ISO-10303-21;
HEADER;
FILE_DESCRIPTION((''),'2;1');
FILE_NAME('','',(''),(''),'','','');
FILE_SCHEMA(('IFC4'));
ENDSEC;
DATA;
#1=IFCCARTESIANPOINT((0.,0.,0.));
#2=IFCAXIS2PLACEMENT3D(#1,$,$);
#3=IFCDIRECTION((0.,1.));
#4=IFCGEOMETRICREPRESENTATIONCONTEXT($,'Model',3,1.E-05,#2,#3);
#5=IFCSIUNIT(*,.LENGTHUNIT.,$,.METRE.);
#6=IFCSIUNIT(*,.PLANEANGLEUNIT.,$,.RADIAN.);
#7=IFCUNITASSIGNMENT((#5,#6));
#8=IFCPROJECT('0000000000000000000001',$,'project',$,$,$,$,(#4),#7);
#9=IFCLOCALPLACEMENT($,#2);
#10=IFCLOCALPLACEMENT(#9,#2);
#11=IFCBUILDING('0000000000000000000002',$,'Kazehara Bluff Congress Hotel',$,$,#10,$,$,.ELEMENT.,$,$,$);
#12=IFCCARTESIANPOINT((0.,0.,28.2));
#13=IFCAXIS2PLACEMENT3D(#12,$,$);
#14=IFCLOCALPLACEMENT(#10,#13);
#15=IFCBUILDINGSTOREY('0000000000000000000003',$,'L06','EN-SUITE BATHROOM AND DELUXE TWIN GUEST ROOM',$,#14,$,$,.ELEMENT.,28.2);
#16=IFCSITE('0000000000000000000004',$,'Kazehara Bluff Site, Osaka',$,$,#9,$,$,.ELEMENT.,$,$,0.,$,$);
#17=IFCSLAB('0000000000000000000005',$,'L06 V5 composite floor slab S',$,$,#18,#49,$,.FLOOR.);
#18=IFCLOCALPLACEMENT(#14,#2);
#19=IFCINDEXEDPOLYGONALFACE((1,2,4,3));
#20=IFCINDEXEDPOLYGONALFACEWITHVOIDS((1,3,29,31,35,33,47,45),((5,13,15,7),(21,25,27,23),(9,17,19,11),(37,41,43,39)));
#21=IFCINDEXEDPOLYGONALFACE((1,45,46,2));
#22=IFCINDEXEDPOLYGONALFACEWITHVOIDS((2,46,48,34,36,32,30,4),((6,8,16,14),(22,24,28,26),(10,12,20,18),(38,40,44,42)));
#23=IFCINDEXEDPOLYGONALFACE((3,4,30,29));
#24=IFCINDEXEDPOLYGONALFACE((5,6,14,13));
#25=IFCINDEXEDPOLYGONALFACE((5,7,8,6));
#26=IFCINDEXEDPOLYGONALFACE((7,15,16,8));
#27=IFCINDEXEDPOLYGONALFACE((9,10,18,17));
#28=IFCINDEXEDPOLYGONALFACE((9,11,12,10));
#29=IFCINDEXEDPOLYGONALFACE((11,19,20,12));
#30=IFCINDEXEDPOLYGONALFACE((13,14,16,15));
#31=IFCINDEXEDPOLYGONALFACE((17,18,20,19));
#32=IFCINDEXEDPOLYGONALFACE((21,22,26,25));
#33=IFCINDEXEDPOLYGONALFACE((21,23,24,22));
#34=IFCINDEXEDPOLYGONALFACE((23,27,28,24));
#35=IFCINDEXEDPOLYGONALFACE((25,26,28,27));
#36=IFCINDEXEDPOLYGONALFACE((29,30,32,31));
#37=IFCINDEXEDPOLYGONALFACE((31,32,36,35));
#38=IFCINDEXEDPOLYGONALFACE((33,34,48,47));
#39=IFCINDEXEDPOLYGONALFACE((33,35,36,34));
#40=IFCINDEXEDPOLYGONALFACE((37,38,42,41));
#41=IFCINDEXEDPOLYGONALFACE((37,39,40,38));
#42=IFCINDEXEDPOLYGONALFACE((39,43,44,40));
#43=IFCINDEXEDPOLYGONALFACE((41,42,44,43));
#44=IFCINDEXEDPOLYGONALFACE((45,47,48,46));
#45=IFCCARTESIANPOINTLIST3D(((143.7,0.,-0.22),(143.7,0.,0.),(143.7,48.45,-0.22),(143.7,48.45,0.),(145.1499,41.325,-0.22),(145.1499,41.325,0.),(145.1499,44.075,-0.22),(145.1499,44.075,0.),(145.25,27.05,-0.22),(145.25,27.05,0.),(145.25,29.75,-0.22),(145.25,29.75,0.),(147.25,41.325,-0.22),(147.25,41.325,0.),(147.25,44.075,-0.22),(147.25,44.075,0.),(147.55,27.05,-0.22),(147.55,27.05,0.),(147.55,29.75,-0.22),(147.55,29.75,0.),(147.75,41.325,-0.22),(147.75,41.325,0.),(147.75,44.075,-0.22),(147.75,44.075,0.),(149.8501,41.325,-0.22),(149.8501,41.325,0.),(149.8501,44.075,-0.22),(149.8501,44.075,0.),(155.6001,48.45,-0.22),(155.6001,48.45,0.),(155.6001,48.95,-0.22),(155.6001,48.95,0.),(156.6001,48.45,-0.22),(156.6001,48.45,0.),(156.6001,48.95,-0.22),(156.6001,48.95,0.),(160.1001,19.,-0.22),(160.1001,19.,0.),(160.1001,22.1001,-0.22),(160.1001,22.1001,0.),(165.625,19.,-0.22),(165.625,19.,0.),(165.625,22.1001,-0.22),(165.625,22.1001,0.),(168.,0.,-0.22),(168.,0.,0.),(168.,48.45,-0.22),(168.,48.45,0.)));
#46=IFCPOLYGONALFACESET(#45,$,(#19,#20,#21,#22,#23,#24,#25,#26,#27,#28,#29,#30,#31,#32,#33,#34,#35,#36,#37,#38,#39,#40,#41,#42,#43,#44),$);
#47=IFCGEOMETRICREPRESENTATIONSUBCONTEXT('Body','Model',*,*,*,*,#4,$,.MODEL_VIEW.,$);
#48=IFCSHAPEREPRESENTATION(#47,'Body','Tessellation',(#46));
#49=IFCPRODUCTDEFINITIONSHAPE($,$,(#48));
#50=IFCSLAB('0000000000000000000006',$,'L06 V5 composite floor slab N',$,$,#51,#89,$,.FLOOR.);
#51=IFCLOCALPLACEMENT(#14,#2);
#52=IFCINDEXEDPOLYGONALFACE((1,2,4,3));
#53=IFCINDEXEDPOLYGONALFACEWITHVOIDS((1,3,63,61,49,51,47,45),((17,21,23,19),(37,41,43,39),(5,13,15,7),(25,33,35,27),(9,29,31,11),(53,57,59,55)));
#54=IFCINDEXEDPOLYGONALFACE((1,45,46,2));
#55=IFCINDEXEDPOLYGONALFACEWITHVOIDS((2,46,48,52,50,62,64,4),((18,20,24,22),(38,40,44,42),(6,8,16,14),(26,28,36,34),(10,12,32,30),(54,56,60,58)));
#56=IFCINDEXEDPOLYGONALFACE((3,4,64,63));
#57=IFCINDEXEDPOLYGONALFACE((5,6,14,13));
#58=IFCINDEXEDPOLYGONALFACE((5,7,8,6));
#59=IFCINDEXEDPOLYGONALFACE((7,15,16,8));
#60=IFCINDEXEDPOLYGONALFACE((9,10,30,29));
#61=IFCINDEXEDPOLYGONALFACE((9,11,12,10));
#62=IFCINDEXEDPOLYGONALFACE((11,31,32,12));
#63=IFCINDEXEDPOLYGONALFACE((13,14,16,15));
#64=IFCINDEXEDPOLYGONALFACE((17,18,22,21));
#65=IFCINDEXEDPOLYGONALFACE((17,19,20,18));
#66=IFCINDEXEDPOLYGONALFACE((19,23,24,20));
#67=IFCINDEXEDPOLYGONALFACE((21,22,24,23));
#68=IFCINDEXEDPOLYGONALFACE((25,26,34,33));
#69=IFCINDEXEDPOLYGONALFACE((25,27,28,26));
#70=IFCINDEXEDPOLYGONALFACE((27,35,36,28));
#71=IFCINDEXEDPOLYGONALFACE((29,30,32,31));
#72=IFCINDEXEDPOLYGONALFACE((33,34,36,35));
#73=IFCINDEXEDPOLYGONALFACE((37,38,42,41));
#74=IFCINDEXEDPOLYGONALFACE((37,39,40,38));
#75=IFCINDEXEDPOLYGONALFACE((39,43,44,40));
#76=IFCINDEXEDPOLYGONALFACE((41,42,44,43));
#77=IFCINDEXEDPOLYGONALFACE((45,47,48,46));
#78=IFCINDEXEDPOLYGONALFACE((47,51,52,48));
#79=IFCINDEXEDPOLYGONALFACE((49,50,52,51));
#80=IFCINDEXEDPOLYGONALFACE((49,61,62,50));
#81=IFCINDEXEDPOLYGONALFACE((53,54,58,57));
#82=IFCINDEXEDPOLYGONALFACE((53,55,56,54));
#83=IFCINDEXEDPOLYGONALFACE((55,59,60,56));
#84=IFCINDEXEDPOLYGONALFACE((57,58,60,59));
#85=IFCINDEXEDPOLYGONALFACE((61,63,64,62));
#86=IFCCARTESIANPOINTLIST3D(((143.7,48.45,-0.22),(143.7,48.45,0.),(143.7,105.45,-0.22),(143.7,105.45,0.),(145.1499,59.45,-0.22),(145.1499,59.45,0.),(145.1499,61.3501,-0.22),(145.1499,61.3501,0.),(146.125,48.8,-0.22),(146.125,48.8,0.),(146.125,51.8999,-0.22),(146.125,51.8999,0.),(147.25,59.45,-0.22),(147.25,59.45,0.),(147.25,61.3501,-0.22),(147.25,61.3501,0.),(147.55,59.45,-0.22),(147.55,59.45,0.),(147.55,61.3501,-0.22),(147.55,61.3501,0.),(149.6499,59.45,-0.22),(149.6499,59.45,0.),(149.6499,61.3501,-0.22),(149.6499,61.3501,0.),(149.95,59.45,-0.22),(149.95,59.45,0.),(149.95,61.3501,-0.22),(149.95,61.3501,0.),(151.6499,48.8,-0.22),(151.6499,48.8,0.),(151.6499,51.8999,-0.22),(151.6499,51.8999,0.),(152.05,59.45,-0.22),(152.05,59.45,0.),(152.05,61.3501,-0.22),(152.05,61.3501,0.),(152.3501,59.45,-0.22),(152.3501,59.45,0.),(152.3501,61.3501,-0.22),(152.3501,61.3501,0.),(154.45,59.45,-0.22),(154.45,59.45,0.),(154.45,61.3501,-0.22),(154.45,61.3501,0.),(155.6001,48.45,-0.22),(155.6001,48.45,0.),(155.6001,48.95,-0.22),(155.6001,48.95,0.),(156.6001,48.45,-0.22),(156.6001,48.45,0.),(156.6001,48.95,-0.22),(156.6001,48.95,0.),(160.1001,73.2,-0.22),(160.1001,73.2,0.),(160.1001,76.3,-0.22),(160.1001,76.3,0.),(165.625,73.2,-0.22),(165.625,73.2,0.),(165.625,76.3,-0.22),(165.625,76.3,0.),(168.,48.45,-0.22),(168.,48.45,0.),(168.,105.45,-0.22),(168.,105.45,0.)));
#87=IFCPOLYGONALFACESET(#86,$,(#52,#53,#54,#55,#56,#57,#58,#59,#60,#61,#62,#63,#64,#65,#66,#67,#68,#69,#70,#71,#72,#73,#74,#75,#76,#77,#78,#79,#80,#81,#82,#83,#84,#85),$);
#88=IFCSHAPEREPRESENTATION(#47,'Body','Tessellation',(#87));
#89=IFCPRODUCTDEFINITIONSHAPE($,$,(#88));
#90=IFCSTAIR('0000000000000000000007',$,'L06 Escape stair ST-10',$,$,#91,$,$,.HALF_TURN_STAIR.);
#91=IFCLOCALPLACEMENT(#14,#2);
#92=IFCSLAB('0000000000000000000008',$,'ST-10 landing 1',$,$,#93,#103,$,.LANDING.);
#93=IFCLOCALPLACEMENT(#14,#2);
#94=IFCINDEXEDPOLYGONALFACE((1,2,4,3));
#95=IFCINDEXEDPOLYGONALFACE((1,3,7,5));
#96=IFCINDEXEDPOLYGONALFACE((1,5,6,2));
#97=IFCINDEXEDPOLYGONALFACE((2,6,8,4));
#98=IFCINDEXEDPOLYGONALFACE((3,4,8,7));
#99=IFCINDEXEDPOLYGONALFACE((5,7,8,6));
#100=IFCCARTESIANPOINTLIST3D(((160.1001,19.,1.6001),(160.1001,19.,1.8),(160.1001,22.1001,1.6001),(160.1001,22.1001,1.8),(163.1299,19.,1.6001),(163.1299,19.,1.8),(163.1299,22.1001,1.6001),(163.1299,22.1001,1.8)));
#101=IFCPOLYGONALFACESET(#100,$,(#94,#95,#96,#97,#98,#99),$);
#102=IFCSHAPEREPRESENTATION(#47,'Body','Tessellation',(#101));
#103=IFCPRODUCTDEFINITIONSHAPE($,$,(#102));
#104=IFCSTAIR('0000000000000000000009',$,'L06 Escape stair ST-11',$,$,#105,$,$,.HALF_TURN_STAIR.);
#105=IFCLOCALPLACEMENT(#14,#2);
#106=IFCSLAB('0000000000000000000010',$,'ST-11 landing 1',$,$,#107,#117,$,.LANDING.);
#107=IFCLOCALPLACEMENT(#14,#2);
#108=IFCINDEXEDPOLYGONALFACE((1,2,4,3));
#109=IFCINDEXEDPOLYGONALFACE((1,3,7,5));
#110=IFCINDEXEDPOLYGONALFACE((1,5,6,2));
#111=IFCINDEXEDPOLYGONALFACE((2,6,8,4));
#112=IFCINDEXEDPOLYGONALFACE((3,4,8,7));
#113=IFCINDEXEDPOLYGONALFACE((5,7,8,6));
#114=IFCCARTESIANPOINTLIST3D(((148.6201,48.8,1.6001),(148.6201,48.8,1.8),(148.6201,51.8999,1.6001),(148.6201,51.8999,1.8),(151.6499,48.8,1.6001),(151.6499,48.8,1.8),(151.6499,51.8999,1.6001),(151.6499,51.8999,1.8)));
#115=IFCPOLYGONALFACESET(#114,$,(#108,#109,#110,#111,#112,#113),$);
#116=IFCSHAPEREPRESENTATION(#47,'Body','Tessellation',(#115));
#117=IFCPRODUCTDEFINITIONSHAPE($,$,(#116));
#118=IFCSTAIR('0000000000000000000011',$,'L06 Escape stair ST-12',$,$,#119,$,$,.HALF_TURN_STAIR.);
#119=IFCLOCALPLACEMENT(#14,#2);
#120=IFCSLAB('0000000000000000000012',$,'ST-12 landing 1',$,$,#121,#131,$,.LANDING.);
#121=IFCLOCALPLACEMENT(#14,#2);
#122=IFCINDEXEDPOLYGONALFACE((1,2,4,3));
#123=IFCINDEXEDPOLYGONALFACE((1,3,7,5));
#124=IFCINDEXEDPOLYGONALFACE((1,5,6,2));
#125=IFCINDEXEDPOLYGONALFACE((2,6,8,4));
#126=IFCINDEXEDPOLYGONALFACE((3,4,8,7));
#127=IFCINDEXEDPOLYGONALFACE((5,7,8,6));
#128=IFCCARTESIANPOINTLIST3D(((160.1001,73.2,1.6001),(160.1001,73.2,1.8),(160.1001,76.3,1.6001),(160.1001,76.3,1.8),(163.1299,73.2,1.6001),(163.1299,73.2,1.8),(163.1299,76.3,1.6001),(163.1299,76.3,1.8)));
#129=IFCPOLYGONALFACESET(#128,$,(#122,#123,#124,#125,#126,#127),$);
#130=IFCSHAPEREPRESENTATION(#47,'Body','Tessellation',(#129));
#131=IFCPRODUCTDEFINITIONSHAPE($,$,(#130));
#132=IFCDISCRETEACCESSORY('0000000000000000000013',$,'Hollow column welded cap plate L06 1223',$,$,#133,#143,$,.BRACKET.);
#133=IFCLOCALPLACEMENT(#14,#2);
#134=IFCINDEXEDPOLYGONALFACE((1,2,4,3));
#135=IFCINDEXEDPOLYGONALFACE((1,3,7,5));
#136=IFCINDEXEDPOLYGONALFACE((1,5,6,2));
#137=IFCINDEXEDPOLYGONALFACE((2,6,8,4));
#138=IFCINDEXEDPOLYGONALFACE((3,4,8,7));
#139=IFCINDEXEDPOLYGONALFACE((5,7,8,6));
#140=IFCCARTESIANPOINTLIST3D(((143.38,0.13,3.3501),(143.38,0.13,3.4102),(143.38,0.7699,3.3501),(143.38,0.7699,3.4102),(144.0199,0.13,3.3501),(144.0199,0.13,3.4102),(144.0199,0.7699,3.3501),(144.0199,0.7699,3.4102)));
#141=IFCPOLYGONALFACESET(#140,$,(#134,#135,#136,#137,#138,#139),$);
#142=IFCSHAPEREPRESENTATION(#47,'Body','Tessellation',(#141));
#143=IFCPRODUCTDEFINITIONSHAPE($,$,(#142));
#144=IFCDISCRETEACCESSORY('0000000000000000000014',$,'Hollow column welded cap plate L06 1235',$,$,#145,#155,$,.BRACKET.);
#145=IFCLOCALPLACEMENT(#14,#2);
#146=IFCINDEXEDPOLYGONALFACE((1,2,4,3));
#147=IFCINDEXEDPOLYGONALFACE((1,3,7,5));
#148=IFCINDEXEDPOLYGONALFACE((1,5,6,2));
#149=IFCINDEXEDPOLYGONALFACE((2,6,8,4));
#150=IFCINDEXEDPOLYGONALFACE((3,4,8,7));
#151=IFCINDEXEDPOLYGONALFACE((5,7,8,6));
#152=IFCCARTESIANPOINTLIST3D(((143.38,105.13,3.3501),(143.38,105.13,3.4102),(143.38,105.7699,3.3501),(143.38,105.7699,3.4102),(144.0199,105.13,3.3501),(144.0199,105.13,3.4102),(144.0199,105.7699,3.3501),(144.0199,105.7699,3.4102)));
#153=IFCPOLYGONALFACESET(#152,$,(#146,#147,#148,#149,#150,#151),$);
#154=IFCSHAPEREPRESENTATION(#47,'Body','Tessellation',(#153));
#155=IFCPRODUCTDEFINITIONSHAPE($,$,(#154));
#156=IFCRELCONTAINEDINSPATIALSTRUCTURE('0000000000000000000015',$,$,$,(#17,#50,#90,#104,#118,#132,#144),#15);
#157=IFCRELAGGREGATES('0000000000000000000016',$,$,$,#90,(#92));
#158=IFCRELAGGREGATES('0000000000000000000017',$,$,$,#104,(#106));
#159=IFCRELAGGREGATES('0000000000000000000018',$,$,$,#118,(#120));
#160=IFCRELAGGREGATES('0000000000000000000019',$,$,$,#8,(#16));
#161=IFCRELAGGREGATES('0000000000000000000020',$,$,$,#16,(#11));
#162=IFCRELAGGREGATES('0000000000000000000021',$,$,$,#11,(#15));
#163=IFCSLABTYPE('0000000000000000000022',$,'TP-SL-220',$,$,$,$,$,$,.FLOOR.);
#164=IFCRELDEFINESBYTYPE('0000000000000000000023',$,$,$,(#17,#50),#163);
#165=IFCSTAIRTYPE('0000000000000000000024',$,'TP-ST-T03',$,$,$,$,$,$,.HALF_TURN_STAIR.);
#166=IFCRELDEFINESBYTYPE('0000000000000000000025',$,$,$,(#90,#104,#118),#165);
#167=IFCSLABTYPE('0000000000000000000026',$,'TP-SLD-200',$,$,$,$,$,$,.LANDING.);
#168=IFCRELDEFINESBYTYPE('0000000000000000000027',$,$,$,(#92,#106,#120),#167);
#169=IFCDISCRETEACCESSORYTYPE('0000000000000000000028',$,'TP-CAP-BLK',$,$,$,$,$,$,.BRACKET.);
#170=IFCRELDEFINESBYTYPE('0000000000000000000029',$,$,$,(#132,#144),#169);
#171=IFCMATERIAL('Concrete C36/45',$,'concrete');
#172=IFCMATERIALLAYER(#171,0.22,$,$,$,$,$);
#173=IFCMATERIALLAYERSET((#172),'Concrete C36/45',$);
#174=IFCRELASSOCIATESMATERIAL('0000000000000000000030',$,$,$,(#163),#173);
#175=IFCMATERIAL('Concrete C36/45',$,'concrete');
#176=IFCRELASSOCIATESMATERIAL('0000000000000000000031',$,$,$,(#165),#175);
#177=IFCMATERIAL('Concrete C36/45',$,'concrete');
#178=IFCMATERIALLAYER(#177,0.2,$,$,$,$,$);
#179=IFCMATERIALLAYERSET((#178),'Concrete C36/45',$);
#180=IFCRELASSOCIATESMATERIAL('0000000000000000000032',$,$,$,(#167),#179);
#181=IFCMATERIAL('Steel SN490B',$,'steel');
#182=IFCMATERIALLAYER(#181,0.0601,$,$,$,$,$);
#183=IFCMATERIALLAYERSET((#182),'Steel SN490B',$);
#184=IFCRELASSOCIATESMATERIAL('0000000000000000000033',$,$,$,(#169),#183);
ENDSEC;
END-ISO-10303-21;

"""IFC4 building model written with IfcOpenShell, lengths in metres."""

from ifc_helpers import new_model, si_unit, direction, frame, origin, origin_2d, place, context, subcontext, project, spatial, polyline, rectangle, outline, extrude, material, layer, layer_set, type_object, element, aggregate, save


model = new_model("IFC4")

# Units and contexts
model_context = context("Model", 3, precision=1e-05, world=origin(), true_north=direction((0.0, 1.0)))
body_context = subcontext(model_context, "Body", "Model", "MODEL_VIEW")
ifc_project = project(units=[si_unit("LENGTHUNIT", "METRE"), si_unit("PLANEANGLEUNIT", "RADIAN")], contexts=[model_context])

# Site, building, storey
site_placement = place(None, origin())
site = spatial("IfcSite", under=ifc_project, at=site_placement, Name="Kazehara Bluff Site, Osaka", CompositionType="ELEMENT", RefElevation=0.0)
building_placement = place(site_placement, origin())
building = spatial("IfcBuilding", under=site, at=building_placement, Name="Kazehara Bluff Congress Hotel", CompositionType="ELEMENT")
storey_placement = place(building_placement, frame((0.0, 0.0, 28.2)))
storey = spatial("IfcBuildingStorey", under=building, at=storey_placement, Name="L06", Description="EN-SUITE BATHROOM AND DELUXE TWIN GUEST ROOM", CompositionType="ELEMENT", Elevation=28.2)

# Slabs
ifc_material_1 = material(Name="Concrete C36/45", Category="concrete")
ifc_layer_1 = layer(ifc_material_1, 0.22)
ifc_layer_set_1 = layer_set([ifc_layer_1], Name="Concrete C36/45")
slab_type_1 = type_object("IfcSlabType", Name="TP-SL-220", PredefinedType="FLOOR", material=ifc_layer_set_1)
slab_1_placement = place(storey_placement, frame((0.0, 0.0, -0.22)))
element("IfcSlab", 1, at=slab_1_placement, inside=storey, type_object=slab_type_1, Name="L06 V5 composite floor slab S", PredefinedType="FLOOR", context=body_context, shape_type="SweptSolid", body=[
    extrude(outline(polyline([(143.7, 0.0), (143.7, 48.45), (155.6001, 48.45), (155.6001, 48.95), (156.6001, 48.95), (156.6001, 48.45), (168.0, 48.45), (168.0, 0.0), (143.7, 0.0)]), holes=[polyline([(165.625, 22.1001), (160.1001, 22.1001), (160.1001, 19.0), (165.625, 19.0), (165.625, 22.1001)]), polyline([(145.1499, 41.325), (147.25, 41.325), (147.25, 44.075), (145.1499, 44.075), (145.1499, 41.325)]), polyline([(147.75, 41.325), (149.8501, 41.325), (149.8501, 44.075), (147.75, 44.075), (147.75, 41.325)]), polyline([(145.25, 27.05), (147.55, 27.05), (147.55, 29.75), (145.25, 29.75), (145.25, 27.05)])]), origin(), (0.0, 0.0, 1.0), 0.22),
])
slab_2_placement = place(storey_placement, frame((0.0, 0.0, -0.22)))
element("IfcSlab", 2, at=slab_2_placement, inside=storey, type_object=slab_type_1, Name="L06 V5 composite floor slab N", PredefinedType="FLOOR", context=body_context, shape_type="SweptSolid", body=[
    extrude(outline(polyline([(168.0, 105.45), (168.0, 48.45), (156.6001, 48.45), (156.6001, 48.95), (155.6001, 48.95), (155.6001, 48.45), (143.7, 48.45), (143.7, 105.45), (168.0, 105.45)]), holes=[polyline([(146.125, 48.8), (151.6499, 48.8), (151.6499, 51.8999), (146.125, 51.8999), (146.125, 48.8)]), polyline([(165.625, 76.3), (160.1001, 76.3), (160.1001, 73.2), (165.625, 73.2), (165.625, 76.3)]), polyline([(145.1499, 59.45), (147.25, 59.45), (147.25, 61.3501), (145.1499, 61.3501), (145.1499, 59.45)]), polyline([(147.55, 59.45), (149.6499, 59.45), (149.6499, 61.3501), (147.55, 61.3501), (147.55, 59.45)]), polyline([(149.95, 59.45), (152.05, 59.45), (152.05, 61.3501), (149.95, 61.3501), (149.95, 59.45)]), polyline([(152.3501, 59.45), (154.45, 59.45), (154.45, 61.3501), (152.3501, 61.3501), (152.3501, 59.45)])]), origin(), (0.0, 0.0, 1.0), 0.22),
])

# Stairs, slabs
ifc_material_2 = material(Name="Concrete C36/45", Category="concrete")
stair_type = type_object("IfcStairType", Name="TP-ST-T03", PredefinedType="HALF_TURN_STAIR", material=ifc_material_2)
stair_1_placement = place(storey_placement, origin())
stair_1 = element("IfcStair", 3, at=stair_1_placement, inside=storey, type_object=stair_type, Name="L06 Escape stair ST-10", PredefinedType="HALF_TURN_STAIR")
ifc_material_3 = material(Name="Concrete C36/45", Category="concrete")
ifc_layer_2 = layer(ifc_material_3, 0.2)
ifc_layer_set_2 = layer_set([ifc_layer_2], Name="Concrete C36/45")
slab_type_2 = type_object("IfcSlabType", Name="TP-SLD-200", PredefinedType="LANDING", material=ifc_layer_set_2)
slab_3_placement = place(storey_placement, frame((0.0, 0.0, 1.6001)))
slab_3 = element("IfcSlab", 4, at=slab_3_placement, type_object=slab_type_2, Name="ST-10 landing 1", PredefinedType="LANDING", context=body_context, shape_type="SweptSolid", body=[
    extrude(outline(polyline([(163.1299, 22.1001), (160.1001, 22.1001), (160.1001, 19.0), (163.1299, 19.0), (163.1299, 22.1001)])), origin(), (0.0, 0.0, 1.0), 0.2),
])
aggregate(stair_1, [slab_3])
stair_2_placement = place(storey_placement, origin())
stair_2 = element("IfcStair", 5, at=stair_2_placement, inside=storey, type_object=stair_type, Name="L06 Escape stair ST-11", PredefinedType="HALF_TURN_STAIR")
slab_4_placement = place(storey_placement, frame((0.0, 0.0, 1.6001)))
slab_4 = element("IfcSlab", 6, at=slab_4_placement, type_object=slab_type_2, Name="ST-11 landing 1", PredefinedType="LANDING", context=body_context, shape_type="SweptSolid", body=[
    extrude(outline(polyline([(148.6201, 48.8), (151.6499, 48.8), (151.6499, 51.8999), (148.6201, 51.8999), (148.6201, 48.8)])), origin(), (0.0, 0.0, 1.0), 0.2),
])
aggregate(stair_2, [slab_4])
stair_3_placement = place(storey_placement, origin())
stair_3 = element("IfcStair", 7, at=stair_3_placement, inside=storey, type_object=stair_type, Name="L06 Escape stair ST-12", PredefinedType="HALF_TURN_STAIR")
slab_5_placement = place(storey_placement, frame((0.0, 0.0, 1.6001)))
slab_5 = element("IfcSlab", 8, at=slab_5_placement, type_object=slab_type_2, Name="ST-12 landing 1", PredefinedType="LANDING", context=body_context, shape_type="SweptSolid", body=[
    extrude(outline(polyline([(163.1299, 76.3), (160.1001, 76.3), (160.1001, 73.2), (163.1299, 73.2), (163.1299, 76.3)])), origin(), (0.0, 0.0, 1.0), 0.2),
])
aggregate(stair_3, [slab_5])

# Discrete accessories
ifc_material_4 = material(Name="Steel SN490B", Category="steel")
ifc_layer_3 = layer(ifc_material_4, 0.0601)
ifc_layer_set_3 = layer_set([ifc_layer_3], Name="Steel SN490B")
discrete_accessory_type = type_object("IfcDiscreteAccessoryType", Name="TP-CAP-BLK", PredefinedType="BRACKET", material=ifc_layer_set_3)
for number, where, z_axis, x_axis, name in (
    (9, (143.7, 0.45, 3.3501), (0.0, 0.0, 1.0), (1.0, 0.0, 0.0), "Hollow column welded cap plate L06 1223"),
    (10, (143.7, 105.45, 3.3501), (0.0, 0.0, 1.0), (1.0, 0.0, 0.0), "Hollow column welded cap plate L06 1235"),
):
    element("IfcDiscreteAccessory", number, at=place(storey_placement, frame(where, z_axis=z_axis, x_axis=x_axis)), inside=storey, type_object=discrete_accessory_type, Name=name, PredefinedType="BRACKET", context=body_context, shape_type="SweptSolid", body=[
        extrude(rectangle(XDim=0.6399, YDim=0.6399, at=origin_2d()), origin(), (0.0, 0.0, 1.0), 0.0601),
    ])

save(model, "model.ifc")
